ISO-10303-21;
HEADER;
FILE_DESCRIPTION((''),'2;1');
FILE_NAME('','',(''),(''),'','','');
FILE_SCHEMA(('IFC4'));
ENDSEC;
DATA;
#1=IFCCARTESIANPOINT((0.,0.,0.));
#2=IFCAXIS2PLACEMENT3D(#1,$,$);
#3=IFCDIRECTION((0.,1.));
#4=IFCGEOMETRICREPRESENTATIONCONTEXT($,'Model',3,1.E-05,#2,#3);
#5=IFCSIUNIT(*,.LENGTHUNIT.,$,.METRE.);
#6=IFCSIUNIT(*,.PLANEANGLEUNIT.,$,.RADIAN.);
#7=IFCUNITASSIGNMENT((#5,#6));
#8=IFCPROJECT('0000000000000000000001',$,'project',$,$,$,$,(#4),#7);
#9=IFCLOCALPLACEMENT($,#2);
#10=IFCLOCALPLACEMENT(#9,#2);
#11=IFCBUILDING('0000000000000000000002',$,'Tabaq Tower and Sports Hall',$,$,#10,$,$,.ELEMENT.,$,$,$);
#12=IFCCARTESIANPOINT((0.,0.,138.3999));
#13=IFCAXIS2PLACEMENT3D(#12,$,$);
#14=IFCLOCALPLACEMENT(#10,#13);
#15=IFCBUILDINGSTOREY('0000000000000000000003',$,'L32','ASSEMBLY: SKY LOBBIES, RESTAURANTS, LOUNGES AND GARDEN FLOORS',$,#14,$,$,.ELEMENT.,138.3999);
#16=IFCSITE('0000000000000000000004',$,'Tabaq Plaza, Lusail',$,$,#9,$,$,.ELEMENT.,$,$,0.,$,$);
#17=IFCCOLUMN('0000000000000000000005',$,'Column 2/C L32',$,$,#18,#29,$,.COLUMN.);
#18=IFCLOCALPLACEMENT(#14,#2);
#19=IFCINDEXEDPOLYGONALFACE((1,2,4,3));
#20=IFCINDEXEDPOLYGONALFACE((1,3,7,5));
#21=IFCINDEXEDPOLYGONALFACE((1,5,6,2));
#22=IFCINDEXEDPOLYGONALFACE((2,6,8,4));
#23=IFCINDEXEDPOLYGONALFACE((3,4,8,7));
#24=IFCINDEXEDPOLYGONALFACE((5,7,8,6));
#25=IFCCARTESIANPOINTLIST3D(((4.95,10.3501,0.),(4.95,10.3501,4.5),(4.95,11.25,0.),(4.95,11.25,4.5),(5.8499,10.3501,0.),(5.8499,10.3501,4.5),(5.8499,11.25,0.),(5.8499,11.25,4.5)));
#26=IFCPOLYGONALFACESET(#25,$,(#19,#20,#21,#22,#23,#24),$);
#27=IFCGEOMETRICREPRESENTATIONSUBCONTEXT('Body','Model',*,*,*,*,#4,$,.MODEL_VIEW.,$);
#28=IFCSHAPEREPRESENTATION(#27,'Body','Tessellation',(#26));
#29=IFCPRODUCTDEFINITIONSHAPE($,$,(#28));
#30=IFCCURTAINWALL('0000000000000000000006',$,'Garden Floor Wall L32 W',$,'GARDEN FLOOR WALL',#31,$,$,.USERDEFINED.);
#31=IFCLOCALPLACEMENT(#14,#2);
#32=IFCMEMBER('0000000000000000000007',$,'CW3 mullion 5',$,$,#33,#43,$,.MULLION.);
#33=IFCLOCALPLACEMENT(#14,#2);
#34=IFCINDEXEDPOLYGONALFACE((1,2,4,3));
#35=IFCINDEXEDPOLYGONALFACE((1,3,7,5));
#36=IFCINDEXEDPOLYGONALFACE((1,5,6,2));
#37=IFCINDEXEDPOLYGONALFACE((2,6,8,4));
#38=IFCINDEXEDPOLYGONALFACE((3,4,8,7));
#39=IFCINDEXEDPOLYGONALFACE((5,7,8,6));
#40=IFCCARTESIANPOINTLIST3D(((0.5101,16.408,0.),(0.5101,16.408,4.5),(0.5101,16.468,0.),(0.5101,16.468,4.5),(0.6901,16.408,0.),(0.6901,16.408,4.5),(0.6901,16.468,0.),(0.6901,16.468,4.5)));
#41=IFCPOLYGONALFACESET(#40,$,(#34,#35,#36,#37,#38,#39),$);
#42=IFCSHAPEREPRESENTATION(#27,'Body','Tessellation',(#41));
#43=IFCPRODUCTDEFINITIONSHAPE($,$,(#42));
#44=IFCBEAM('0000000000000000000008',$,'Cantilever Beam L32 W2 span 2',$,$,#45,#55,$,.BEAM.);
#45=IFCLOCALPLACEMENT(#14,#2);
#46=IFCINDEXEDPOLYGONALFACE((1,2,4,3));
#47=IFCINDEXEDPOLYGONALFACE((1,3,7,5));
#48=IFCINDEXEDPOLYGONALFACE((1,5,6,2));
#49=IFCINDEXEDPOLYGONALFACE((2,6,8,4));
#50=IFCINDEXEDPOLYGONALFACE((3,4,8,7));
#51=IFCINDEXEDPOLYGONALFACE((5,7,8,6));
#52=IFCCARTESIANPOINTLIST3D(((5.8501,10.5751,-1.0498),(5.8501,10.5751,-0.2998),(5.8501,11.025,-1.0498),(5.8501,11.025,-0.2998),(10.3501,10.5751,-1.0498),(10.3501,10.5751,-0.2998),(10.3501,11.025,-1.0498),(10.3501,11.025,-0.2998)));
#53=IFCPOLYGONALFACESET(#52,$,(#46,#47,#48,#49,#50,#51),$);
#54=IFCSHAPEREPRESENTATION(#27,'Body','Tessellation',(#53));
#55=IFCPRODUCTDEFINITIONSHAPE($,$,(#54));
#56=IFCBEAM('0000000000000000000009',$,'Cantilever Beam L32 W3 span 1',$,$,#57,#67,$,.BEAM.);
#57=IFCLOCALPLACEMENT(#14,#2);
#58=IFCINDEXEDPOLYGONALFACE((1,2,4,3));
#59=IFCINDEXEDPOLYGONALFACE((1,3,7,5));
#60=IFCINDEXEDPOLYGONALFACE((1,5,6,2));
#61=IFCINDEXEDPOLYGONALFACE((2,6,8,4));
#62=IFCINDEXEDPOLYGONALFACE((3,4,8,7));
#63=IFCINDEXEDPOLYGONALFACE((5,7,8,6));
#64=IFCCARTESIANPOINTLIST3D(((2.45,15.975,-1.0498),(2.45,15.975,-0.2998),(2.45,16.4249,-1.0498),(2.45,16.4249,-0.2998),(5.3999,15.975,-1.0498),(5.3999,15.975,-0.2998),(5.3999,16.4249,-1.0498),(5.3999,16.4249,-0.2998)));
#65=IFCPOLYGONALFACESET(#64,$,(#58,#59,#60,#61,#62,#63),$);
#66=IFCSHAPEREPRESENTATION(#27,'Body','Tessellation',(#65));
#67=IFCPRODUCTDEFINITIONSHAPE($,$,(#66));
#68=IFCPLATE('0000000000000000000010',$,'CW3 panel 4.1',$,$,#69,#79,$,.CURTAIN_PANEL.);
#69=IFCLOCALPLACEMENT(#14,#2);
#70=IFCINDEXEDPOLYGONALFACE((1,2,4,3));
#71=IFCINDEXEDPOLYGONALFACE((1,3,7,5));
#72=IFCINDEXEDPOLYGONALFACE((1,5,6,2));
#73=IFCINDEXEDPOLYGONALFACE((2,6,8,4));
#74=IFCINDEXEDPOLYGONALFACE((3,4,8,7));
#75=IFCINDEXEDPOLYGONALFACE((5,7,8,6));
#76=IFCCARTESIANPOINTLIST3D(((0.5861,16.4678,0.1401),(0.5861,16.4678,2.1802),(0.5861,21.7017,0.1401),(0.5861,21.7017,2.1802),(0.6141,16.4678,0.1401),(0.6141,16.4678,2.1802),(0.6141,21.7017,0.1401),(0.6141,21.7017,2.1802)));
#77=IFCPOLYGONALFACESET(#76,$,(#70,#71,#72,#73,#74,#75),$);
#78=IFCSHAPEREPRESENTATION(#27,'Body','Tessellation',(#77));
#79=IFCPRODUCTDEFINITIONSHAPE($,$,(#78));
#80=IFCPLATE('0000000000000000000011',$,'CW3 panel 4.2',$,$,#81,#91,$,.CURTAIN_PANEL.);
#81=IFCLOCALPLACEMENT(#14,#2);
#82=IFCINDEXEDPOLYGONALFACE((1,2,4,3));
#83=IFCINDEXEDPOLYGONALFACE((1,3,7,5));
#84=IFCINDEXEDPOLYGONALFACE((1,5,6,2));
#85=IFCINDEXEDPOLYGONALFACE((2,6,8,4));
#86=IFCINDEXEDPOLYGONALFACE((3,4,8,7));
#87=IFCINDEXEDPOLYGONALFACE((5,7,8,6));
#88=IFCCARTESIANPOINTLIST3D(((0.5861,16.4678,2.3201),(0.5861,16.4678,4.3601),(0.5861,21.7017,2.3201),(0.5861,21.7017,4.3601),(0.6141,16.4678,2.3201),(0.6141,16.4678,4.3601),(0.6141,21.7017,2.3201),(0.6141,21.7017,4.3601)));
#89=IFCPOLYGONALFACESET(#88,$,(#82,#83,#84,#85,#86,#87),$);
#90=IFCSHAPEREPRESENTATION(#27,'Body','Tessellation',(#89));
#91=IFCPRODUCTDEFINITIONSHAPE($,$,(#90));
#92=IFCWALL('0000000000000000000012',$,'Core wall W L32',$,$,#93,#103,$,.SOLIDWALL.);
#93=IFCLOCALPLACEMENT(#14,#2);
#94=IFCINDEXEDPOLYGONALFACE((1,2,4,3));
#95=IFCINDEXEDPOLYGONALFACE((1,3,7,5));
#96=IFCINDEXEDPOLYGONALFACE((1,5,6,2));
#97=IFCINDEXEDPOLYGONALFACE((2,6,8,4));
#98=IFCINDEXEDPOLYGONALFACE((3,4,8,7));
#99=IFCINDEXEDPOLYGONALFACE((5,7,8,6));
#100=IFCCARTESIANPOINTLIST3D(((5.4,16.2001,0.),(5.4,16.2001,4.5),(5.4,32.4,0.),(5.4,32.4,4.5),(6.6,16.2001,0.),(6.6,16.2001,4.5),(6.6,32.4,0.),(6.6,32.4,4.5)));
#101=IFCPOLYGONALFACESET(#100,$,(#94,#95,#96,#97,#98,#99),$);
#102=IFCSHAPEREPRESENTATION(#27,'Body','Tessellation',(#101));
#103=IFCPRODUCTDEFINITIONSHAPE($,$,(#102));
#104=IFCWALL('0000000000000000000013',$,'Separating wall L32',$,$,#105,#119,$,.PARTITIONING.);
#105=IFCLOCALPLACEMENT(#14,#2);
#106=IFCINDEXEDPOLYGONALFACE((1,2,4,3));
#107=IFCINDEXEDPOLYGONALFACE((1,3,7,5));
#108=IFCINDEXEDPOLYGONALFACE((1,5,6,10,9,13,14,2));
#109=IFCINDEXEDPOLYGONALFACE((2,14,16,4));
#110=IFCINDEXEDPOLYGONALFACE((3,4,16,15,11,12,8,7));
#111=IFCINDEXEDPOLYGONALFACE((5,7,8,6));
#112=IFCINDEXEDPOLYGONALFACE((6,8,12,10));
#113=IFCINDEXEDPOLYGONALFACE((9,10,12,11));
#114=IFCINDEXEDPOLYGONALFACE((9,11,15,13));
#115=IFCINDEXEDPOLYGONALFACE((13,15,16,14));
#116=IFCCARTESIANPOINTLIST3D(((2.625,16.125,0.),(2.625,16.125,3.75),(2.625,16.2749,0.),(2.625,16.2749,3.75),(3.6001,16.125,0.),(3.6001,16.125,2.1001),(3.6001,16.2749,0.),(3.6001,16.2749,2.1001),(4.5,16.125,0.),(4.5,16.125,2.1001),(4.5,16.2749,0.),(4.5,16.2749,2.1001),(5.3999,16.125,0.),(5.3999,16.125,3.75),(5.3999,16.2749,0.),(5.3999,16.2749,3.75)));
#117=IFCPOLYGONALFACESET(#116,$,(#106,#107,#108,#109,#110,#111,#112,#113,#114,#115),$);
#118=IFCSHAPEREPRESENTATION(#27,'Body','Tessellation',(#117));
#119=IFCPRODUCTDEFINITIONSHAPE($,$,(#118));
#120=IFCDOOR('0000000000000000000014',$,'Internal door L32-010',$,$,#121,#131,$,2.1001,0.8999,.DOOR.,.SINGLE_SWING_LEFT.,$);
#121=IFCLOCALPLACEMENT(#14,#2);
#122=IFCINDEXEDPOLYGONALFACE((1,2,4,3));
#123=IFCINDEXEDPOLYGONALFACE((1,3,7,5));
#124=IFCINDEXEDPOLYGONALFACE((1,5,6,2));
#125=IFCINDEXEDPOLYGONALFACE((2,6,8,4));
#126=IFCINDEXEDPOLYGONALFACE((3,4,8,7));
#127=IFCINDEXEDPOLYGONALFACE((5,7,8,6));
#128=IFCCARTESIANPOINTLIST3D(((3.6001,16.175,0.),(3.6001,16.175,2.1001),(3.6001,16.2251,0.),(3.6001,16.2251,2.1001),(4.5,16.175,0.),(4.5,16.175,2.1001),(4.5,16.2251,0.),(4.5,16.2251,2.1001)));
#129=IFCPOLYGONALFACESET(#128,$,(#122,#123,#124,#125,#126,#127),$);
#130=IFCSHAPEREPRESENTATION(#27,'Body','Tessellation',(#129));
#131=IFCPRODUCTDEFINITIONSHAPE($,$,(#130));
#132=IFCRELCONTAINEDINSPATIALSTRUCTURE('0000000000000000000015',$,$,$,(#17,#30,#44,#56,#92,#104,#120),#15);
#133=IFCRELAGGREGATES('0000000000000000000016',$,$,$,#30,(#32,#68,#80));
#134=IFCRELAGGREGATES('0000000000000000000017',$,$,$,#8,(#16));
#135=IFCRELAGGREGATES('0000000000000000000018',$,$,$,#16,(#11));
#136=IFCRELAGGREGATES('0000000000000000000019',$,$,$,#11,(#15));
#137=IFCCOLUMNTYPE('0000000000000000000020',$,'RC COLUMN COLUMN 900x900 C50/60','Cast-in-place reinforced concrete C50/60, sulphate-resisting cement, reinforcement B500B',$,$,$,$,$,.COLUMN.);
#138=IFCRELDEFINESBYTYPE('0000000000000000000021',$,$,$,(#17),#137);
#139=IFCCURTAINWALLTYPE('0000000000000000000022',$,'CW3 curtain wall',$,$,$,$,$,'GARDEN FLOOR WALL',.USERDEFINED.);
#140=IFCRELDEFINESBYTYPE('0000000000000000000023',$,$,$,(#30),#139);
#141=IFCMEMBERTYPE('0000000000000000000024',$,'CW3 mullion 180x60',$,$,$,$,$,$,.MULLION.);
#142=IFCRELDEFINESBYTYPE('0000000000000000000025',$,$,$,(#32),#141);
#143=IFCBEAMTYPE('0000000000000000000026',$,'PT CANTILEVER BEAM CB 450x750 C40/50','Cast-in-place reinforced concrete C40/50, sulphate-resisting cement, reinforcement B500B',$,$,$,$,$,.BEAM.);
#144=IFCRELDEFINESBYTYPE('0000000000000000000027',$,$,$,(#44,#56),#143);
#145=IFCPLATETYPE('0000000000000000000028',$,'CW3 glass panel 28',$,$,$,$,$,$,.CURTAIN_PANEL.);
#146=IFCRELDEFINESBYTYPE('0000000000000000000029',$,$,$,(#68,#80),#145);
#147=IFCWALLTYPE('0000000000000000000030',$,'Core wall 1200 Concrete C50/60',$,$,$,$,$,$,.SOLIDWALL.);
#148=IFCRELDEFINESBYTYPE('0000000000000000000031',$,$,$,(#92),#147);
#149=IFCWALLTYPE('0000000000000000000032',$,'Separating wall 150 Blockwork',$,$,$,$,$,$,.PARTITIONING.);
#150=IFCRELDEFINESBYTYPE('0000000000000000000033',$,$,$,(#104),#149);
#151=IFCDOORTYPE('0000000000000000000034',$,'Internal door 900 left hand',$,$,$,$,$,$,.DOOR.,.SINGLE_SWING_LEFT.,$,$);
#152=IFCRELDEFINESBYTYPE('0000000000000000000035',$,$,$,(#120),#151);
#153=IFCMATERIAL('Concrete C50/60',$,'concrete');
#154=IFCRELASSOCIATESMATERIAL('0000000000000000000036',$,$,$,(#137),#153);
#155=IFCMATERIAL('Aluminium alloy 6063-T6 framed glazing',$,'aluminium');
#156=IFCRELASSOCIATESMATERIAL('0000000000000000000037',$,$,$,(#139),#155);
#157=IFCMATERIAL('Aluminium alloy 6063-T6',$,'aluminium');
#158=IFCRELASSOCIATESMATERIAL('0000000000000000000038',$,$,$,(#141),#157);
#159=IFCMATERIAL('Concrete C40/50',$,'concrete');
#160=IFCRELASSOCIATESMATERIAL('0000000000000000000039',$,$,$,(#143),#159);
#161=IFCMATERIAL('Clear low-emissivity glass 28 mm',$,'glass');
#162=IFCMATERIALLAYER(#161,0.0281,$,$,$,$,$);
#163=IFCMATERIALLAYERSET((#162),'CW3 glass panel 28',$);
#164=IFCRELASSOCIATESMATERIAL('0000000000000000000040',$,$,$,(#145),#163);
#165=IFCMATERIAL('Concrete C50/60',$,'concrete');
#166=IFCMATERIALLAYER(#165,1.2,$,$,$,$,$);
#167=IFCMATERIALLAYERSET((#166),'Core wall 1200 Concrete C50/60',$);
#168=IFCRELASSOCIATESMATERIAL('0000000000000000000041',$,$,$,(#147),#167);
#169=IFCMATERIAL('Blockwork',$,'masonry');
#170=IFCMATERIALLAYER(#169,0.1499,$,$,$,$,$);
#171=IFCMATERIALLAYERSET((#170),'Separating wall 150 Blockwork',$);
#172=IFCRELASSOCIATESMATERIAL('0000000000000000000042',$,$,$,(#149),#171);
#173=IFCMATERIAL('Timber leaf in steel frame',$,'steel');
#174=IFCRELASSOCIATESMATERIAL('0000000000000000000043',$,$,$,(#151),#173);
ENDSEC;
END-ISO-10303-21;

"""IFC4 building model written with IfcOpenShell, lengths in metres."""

from ifc_helpers import new_model, si_unit, direction, frame, frame_2d, origin, origin_2d, place, context, subcontext, project, spatial, rectangle, extrude, material, layer, layer_set, material_profile, profile_set, type_object, element, fill, aggregate, save


model = new_model("IFC4")

# Units and contexts
model_context = context("Model", 3, precision=1e-05, world=origin(), true_north=direction((0.0, 1.0)))
body_context = subcontext(model_context, "Body", "Model", "MODEL_VIEW")
ifc_project = project(units=[si_unit("LENGTHUNIT", "METRE"), si_unit("PLANEANGLEUNIT", "RADIAN")], contexts=[model_context])

# Site, building, storey
site_placement = place(None, origin())
site = spatial("IfcSite", under=ifc_project, at=site_placement, Name="Tabaq Plaza, Lusail", CompositionType="ELEMENT", RefElevation=0.0)
building_placement = place(site_placement, origin())
building = spatial("IfcBuilding", under=site, at=building_placement, Name="Tabaq Tower and Sports Hall", CompositionType="ELEMENT")
storey_placement = place(building_placement, frame((0.0, 0.0, 138.3999)))
storey = spatial("IfcBuildingStorey", under=building, at=storey_placement, Name="L32", Description="ASSEMBLY: SKY LOBBIES, RESTAURANTS, LOUNGES AND GARDEN FLOORS", CompositionType="ELEMENT", Elevation=138.3999)

# Column
ifc_material_1 = material(Name="Concrete C50/60", Category="concrete")
ifc_material_profile_1 = material_profile(ifc_material_1, rectangle(XDim=0.8999, YDim=0.8999, at=origin_2d()), Name="COLUMN 900x900")
ifc_profile_set_1 = profile_set([ifc_material_profile_1], Name="Concrete C50/60")
column_type = type_object("IfcColumnType", Name="RC COLUMN COLUMN 900x900 C50/60", Description="Cast-in-place reinforced concrete C50/60, sulphate-resisting cement, reinforcement B500B", PredefinedType="COLUMN", material=ifc_profile_set_1)
column_placement = place(storey_placement, frame((5.3999, 10.8, 0.0), z_axis=(0.0, 0.0, 1.0), x_axis=(1.0, 0.0, 0.0)))
element("IfcColumn", 1, at=column_placement, inside=storey, type_object=column_type, Name="Column 2/C L32", PredefinedType="COLUMN", context=body_context, shape_type="SweptSolid", body=[
    extrude(rectangle(XDim=0.8999, YDim=0.8999, at=origin_2d()), origin(), (0.0, 0.0, 1.0), 4.5),
])

# Curtain wall, member
ifc_material_2 = material(Name="Aluminium alloy 6063-T6 framed glazing", Category="aluminium")
curtain_wall_type = type_object("IfcCurtainWallType", Name="CW3 curtain wall", ElementType="GARDEN FLOOR WALL", PredefinedType="USERDEFINED", material=ifc_material_2)
curtain_wall_placement = place(storey_placement, origin())
curtain_wall = element("IfcCurtainWall", 2, at=curtain_wall_placement, inside=storey, type_object=curtain_wall_type, Name="Garden Floor Wall L32 W", ObjectType="GARDEN FLOOR WALL", PredefinedType="USERDEFINED")
ifc_material_3 = material(Name="Aluminium alloy 6063-T6", Category="aluminium")
ifc_material_profile_2 = material_profile(ifc_material_3, rectangle(XDim=0.1799, YDim=0.0601, at=origin_2d()), Name="MULLION 180x60")
ifc_profile_set_2 = profile_set([ifc_material_profile_2], Name="Aluminium alloy 6063-T6")
member_type = type_object("IfcMemberType", Name="CW3 mullion 180x60", PredefinedType="MULLION", material=ifc_profile_set_2)
member_placement = place(storey_placement, frame((0.6001, 16.438, 0.0), z_axis=(0.0, 0.0, 1.0), x_axis=(1.0, 0.0, 0.0)))
member = element("IfcMember", 3, at=member_placement, type_object=member_type, Name="CW3 mullion 5", PredefinedType="MULLION", context=body_context, shape_type="SweptSolid", body=[
    extrude(rectangle(XDim=0.1799, YDim=0.0601, at=origin_2d()), origin(), (0.0, 0.0, 1.0), 4.5),
])

# Beams
ifc_material_4 = material(Name="Concrete C40/50", Category="concrete")
ifc_material_profile_3 = material_profile(ifc_material_4, rectangle(XDim=0.45, YDim=0.75, at=origin_2d()), Name="CB 450x750")
ifc_profile_set_3 = profile_set([ifc_material_profile_3], Name="Concrete C40/50")
beam_type = type_object("IfcBeamType", Name="PT CANTILEVER BEAM CB 450x750 C40/50", Description="Cast-in-place reinforced concrete C40/50, sulphate-resisting cement, reinforcement B500B", PredefinedType="BEAM", material=ifc_profile_set_3)
beam_1_placement = place(storey_placement, frame((5.8501, 10.8, -0.6748), z_axis=(1.0, 0.0, 0.0), x_axis=(0.0, 1.0, 0.0)))
element("IfcBeam", 4, at=beam_1_placement, inside=storey, type_object=beam_type, Name="Cantilever Beam L32 W2 span 2", PredefinedType="BEAM", context=body_context, shape_type="SweptSolid", body=[
    extrude(rectangle(XDim=0.45, YDim=0.75, at=origin_2d()), origin(), (0.0, 0.0, 1.0), 4.5),
])
beam_2_placement = place(storey_placement, frame((2.45, 16.2, -0.6748), z_axis=(1.0, 0.0, 0.0), x_axis=(0.0, 1.0, 0.0)))
element("IfcBeam", 5, at=beam_2_placement, inside=storey, type_object=beam_type, Name="Cantilever Beam L32 W3 span 1", PredefinedType="BEAM", context=body_context, shape_type="SweptSolid", body=[
    extrude(rectangle(XDim=0.45, YDim=0.75, at=origin_2d()), origin(), (0.0, 0.0, 1.0), 2.95),
])

# Plates
ifc_material_5 = material(Name="Clear low-emissivity glass 28 mm", Category="glass")
ifc_layer_1 = layer(ifc_material_5, 0.0281)
ifc_layer_set_1 = layer_set([ifc_layer_1], Name="CW3 glass panel 28")
plate_type = type_object("IfcPlateType", Name="CW3 glass panel 28", PredefinedType="CURTAIN_PANEL", material=ifc_layer_set_1)
plate_1_placement = place(storey_placement, frame((0.6001, 19.0847, 0.1401), z_axis=(0.0, 0.0, 1.0), x_axis=(0.0, -1.0, 0.0)))
plate_1 = element("IfcPlate", 6, at=plate_1_placement, type_object=plate_type, Name="CW3 panel 4.1", PredefinedType="CURTAIN_PANEL", context=body_context, shape_type="SweptSolid", body=[
    extrude(rectangle(XDim=5.2339, YDim=0.0281, at=origin_2d()), origin(), (0.0, 0.0, 1.0), 2.04),
])
plate_2_placement = place(storey_placement, frame((0.6001, 19.0847, 2.3201), z_axis=(0.0, 0.0, 1.0), x_axis=(0.0, -1.0, 0.0)))
plate_2 = element("IfcPlate", 7, at=plate_2_placement, type_object=plate_type, Name="CW3 panel 4.2", PredefinedType="CURTAIN_PANEL", context=body_context, shape_type="SweptSolid", body=[
    extrude(rectangle(XDim=5.2339, YDim=0.0281, at=origin_2d()), origin(), (0.0, 0.0, 1.0), 2.04),
])
aggregate(curtain_wall, [member, plate_1, plate_2])

# Wall
ifc_material_6 = material(Name="Concrete C50/60", Category="concrete")
ifc_layer_2 = layer(ifc_material_6, 1.2)
ifc_layer_set_2 = layer_set([ifc_layer_2], Name="Core wall 1200 Concrete C50/60")
wall_type_1 = type_object("IfcWallType", Name="Core wall 1200 Concrete C50/60", PredefinedType="SOLIDWALL", material=ifc_layer_set_2)
wall_1_placement = place(storey_placement, frame((6.0, 16.2, 0.0), z_axis=(0.0, 0.0, 1.0), x_axis=(0.0, 1.0, 0.0)))
element("IfcWall", 8, at=wall_1_placement, inside=storey, type_object=wall_type_1, Name="Core wall W L32", PredefinedType="SOLIDWALL", context=body_context, shape_type="SweptSolid", body=[
    extrude(rectangle(XDim=16.2, YDim=1.2, at=frame_2d((8.1001, 0.0))), origin(), (0.0, 0.0, 1.0), 4.5),
])

# Wall, opening, door
ifc_material_7 = material(Name="Blockwork", Category="masonry")
ifc_layer_3 = layer(ifc_material_7, 0.1499)
ifc_layer_set_3 = layer_set([ifc_layer_3], Name="Separating wall 150 Blockwork")
wall_type_2 = type_object("IfcWallType", Name="Separating wall 150 Blockwork", PredefinedType="PARTITIONING", material=ifc_layer_set_3)
wall_2_placement = place(storey_placement, frame((5.3999, 16.2, 0.0), z_axis=(0.0, 0.0, 1.0), x_axis=(-1.0, 0.0, 0.0)))
wall_2 = element("IfcWall", 9, at=wall_2_placement, inside=storey, type_object=wall_type_2, Name="Separating wall L32", PredefinedType="PARTITIONING", context=body_context, shape_type="SweptSolid", body=[
    extrude(rectangle(XDim=2.7749, YDim=0.1499, at=frame_2d((1.3875, 0.0))), origin(), (0.0, 0.0, 1.0), 3.75),
])
opening_1_placement = place(wall_2_placement, frame((0.8999, 0.0, 0.0)))
opening_1 = element("IfcOpeningElement", 10, at=opening_1_placement, cuts=wall_2, PredefinedType="OPENING", context=body_context, shape_type="SweptSolid", body=[
    extrude(rectangle(XDim=0.8999, YDim=2.1001, at=frame_2d((0.45, 1.05))), frame((0.0, 0.075, 0.0), z_axis=(0.0, -1.0, 0.0), x_axis=(1.0, 0.0, 0.0)), (0.0, 0.0, 1.0), 0.1499),
])
ifc_material_8 = material(Name="Timber leaf in steel frame", Category="steel")
door_type_1 = type_object("IfcDoorType", Name="Internal door 900 left hand", OperationType="SINGLE_SWING_LEFT", PredefinedType="DOOR", material=ifc_material_8)
door_1_placement = place(opening_1_placement, origin())
door_1 = element("IfcDoor", 11, at=door_1_placement, inside=storey, type_object=door_type_1, Name="Internal door L32-010", OperationType="SINGLE_SWING_LEFT", OverallHeight=2.1001, OverallWidth=0.8999, PredefinedType="DOOR", context=body_context, shape_type="SweptSolid", body=[
    extrude(rectangle(XDim=0.8999, YDim=2.1001, at=frame_2d((0.45, 1.05))), frame((0.0, 0.0249, 0.0), z_axis=(0.0, -1.0, 0.0), x_axis=(1.0, 0.0, 0.0)), (0.0, 0.0, 1.0), 0.05),
])
fill(opening_1, door_1)

save(model, "model.ifc")
